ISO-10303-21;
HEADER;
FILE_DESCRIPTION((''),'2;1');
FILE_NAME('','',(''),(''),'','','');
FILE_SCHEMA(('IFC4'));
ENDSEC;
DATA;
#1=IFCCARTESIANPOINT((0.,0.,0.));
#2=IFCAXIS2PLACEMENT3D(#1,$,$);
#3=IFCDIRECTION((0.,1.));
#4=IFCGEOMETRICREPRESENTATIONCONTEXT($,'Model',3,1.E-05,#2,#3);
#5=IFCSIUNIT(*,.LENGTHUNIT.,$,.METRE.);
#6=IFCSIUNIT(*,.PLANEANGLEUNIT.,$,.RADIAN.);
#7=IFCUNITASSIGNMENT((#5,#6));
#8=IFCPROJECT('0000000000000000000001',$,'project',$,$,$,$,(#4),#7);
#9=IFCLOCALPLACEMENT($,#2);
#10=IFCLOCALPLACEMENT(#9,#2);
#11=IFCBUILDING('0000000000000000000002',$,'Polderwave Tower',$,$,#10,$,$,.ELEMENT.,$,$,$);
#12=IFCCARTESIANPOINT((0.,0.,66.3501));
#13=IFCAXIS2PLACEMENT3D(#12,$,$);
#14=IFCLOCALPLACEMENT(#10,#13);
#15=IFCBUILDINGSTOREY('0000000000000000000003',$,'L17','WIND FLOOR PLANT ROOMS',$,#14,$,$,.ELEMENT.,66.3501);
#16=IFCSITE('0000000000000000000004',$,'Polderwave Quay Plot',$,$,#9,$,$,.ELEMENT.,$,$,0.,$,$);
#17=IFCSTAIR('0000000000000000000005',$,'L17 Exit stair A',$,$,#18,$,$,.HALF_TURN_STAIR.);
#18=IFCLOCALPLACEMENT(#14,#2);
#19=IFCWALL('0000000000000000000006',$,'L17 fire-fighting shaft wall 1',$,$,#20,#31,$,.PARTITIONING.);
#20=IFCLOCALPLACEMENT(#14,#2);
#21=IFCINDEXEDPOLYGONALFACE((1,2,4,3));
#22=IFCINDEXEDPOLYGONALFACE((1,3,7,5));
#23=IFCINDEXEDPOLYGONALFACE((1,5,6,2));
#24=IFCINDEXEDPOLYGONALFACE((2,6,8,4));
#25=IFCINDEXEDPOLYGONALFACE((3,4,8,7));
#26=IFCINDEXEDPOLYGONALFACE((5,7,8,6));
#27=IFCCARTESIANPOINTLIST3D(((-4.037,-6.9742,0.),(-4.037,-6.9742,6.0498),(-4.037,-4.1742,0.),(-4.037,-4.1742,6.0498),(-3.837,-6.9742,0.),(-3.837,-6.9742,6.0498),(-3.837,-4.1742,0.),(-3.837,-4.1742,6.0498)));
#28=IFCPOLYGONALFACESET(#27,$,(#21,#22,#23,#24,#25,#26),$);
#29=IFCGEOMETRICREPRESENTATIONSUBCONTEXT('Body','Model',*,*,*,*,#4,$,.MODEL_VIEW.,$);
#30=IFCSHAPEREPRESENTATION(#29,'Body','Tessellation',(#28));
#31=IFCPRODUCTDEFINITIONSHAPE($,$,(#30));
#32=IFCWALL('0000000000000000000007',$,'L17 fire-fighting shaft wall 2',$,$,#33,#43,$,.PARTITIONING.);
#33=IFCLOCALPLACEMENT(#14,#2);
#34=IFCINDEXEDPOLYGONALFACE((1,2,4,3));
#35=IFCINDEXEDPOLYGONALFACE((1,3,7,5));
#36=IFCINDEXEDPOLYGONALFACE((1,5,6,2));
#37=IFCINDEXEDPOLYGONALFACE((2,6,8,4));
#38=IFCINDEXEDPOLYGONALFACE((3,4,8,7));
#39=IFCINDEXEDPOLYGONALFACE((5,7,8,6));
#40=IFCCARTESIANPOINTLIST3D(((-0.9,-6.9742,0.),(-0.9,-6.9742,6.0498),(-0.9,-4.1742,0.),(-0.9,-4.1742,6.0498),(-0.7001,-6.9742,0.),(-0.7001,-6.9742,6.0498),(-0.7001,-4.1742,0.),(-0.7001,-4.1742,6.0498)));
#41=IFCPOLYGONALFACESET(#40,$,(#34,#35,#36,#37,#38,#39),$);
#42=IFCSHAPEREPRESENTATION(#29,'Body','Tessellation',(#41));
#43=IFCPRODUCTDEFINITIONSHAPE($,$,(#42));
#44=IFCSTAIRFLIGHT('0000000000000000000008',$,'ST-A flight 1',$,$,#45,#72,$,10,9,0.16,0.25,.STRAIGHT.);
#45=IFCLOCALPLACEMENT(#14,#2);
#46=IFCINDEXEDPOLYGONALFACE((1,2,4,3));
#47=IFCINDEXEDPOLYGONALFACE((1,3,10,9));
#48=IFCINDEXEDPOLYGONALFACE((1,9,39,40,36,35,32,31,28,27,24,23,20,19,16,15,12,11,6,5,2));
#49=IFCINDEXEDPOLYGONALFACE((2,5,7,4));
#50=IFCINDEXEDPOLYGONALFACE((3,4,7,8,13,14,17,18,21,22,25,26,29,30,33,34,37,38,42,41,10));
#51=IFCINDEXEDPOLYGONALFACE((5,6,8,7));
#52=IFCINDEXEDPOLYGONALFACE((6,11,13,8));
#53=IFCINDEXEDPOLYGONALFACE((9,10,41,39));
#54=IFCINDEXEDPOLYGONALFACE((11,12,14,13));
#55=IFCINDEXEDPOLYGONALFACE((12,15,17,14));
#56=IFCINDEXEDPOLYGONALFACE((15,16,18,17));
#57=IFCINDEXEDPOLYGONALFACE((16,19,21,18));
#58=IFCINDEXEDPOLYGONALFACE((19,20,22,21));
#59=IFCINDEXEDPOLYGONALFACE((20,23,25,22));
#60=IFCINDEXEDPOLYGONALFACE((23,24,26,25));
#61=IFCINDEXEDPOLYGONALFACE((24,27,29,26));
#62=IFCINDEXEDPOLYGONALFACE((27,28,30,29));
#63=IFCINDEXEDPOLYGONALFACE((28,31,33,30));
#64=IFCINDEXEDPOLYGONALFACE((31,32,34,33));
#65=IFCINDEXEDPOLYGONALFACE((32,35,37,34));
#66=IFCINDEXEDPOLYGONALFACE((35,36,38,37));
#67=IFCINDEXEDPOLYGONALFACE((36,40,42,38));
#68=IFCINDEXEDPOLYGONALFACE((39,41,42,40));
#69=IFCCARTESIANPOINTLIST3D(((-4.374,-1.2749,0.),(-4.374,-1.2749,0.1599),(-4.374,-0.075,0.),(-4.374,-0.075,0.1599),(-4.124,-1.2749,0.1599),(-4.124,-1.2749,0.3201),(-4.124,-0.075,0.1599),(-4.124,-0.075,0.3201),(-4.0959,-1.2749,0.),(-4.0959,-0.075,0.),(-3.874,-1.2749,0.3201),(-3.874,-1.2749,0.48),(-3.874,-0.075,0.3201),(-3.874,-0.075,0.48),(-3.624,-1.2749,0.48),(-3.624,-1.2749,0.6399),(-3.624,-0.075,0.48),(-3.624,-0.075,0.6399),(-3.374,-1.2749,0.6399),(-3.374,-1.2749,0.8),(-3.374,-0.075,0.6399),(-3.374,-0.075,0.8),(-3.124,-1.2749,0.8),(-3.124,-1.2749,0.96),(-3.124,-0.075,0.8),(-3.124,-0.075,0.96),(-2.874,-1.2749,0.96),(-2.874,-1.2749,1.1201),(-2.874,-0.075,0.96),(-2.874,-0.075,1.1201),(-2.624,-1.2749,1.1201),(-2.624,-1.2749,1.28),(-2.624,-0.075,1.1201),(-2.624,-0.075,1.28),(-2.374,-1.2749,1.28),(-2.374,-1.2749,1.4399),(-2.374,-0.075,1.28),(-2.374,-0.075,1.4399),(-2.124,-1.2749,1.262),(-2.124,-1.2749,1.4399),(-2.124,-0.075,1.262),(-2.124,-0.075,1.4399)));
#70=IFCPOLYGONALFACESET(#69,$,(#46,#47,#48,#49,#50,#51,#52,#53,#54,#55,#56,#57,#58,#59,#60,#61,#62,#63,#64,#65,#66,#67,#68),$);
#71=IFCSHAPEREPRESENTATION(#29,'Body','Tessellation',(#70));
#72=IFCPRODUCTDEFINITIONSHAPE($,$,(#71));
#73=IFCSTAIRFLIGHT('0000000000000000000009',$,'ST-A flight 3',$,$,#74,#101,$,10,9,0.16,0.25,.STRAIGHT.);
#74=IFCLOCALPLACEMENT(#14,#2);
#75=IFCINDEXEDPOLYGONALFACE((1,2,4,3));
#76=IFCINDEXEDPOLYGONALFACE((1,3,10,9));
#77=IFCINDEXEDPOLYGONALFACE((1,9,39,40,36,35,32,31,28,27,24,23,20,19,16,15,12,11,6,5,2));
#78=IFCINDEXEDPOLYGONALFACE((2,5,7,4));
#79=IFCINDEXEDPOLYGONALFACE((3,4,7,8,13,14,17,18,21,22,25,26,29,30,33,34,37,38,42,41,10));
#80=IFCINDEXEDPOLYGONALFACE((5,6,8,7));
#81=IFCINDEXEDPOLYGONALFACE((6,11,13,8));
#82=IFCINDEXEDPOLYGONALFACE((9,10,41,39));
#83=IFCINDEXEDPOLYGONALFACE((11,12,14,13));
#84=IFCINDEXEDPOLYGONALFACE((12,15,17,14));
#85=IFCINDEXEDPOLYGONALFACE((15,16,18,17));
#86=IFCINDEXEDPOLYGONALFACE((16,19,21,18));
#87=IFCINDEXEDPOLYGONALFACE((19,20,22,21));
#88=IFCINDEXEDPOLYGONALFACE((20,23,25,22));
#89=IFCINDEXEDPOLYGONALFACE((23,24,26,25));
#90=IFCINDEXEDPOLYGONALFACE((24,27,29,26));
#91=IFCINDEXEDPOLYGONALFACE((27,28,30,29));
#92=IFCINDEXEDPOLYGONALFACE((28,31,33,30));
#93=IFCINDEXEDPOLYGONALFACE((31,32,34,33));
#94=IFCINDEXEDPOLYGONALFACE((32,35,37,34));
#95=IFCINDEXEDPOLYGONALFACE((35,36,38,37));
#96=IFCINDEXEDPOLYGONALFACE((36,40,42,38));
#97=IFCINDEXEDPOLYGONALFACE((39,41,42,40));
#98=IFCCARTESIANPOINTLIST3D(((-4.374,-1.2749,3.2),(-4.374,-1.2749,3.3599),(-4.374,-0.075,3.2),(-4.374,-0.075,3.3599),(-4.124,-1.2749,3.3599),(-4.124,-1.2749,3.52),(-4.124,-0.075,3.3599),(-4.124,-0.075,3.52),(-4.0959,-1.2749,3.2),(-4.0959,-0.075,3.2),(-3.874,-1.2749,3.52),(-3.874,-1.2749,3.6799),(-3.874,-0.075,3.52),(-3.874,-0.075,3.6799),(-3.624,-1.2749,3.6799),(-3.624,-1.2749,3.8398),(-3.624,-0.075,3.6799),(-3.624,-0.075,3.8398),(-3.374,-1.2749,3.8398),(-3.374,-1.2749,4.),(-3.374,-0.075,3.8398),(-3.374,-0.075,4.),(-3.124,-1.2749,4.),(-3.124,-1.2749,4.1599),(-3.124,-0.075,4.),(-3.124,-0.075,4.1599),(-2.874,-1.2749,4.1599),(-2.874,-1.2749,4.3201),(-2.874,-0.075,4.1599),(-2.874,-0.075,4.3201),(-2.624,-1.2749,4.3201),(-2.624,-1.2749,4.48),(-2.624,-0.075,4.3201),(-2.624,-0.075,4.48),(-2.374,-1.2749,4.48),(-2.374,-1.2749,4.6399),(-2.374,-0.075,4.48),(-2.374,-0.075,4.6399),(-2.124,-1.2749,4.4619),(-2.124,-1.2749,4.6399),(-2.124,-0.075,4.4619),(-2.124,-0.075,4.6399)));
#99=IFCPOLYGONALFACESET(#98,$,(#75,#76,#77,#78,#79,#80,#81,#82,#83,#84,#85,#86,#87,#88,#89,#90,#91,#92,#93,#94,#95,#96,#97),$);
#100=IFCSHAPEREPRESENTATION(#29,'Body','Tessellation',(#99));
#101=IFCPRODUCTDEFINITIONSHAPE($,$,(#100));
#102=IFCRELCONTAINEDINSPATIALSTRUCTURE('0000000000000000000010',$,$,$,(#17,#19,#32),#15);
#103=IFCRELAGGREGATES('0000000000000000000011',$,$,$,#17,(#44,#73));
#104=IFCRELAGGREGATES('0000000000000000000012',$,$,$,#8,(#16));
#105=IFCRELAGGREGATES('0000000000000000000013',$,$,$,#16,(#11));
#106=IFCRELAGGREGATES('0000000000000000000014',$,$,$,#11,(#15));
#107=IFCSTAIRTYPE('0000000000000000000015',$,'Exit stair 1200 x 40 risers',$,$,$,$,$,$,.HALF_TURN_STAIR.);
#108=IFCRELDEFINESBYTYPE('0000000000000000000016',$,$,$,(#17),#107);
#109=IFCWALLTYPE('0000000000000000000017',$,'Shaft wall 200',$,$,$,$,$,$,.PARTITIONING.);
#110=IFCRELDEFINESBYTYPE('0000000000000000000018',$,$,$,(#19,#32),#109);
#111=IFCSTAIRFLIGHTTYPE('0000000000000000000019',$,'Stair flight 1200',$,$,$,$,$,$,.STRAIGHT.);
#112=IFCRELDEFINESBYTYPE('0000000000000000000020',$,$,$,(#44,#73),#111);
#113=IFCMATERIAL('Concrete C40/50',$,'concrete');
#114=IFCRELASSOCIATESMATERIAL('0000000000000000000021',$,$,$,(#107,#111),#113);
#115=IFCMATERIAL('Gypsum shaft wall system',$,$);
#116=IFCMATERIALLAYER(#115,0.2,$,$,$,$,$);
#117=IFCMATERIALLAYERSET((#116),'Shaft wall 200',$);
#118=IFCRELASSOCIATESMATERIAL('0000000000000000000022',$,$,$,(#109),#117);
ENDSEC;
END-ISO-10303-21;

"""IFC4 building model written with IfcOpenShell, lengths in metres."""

from ifc_helpers import new_model, si_unit, direction, frame, frame_2d, origin, place, context, subcontext, project, spatial, polyline, rectangle, outline, extrude, material, layer, layer_set, type_object, element, aggregate, save


model = new_model("IFC4")

# Units and contexts
model_context = context("Model", 3, precision=1e-05, world=origin(), true_north=direction((0.0, 1.0)))
body_context = subcontext(model_context, "Body", "Model", "MODEL_VIEW")
ifc_project = project(units=[si_unit("LENGTHUNIT", "METRE"), si_unit("PLANEANGLEUNIT", "RADIAN")], contexts=[model_context])

# Site, building, storey
site_placement = place(None, origin())
site = spatial("IfcSite", under=ifc_project, at=site_placement, Name="Polderwave Quay Plot", CompositionType="ELEMENT", RefElevation=0.0)
building_placement = place(site_placement, origin())
building = spatial("IfcBuilding", under=site, at=building_placement, Name="Polderwave Tower", CompositionType="ELEMENT")
storey_placement = place(building_placement, frame((0.0, 0.0, 66.3501)))
storey = spatial("IfcBuildingStorey", under=building, at=storey_placement, Name="L17", Description="WIND FLOOR PLANT ROOMS", CompositionType="ELEMENT", Elevation=66.3501)

# Shared definitions
ifc_material_1 = material(Name="Concrete C40/50", Category="concrete")

# Stair
stair_type = type_object("IfcStairType", Name="Exit stair 1200 x 40 risers", PredefinedType="HALF_TURN_STAIR", material=ifc_material_1)
stair_placement = place(storey_placement, origin())
stair = element("IfcStair", 1, at=stair_placement, inside=storey, type_object=stair_type, Name="L17 Exit stair A", PredefinedType="HALF_TURN_STAIR")

# Walls
ifc_material_2 = material(Name="Gypsum shaft wall system")
ifc_layer_1 = layer(ifc_material_2, 0.2)
ifc_layer_set_1 = layer_set([ifc_layer_1], Name="Shaft wall 200")
wall_type_1 = type_object("IfcWallType", Name="Shaft wall 200", PredefinedType="PARTITIONING", material=ifc_layer_set_1)
for number, where, z_axis, x_axis, name in (
    (2, (-3.937, -6.9741, 0.0), (0.0, 0.0, 1.0), (0.0, 1.0, 0.0), "L17 fire-fighting shaft wall 1"),
    (3, (-0.8, -6.9741, 0.0), (0.0, 0.0, 1.0), (0.0, 1.0, 0.0), "L17 fire-fighting shaft wall 2"),
):
    element("IfcWall", number, at=place(storey_placement, frame(where, z_axis=z_axis, x_axis=x_axis)), inside=storey, type_object=wall_type_1, Name=name, PredefinedType="PARTITIONING", context=body_context, shape_type="SweptSolid", body=[
        extrude(rectangle(XDim=2.8, YDim=0.2, at=frame_2d((1.3999, 0.0))), origin(), (0.0, 0.0, 1.0), 6.0498),
    ])

# Stair flights
stair_flight_type = type_object("IfcStairFlightType", Name="Stair flight 1200", PredefinedType="STRAIGHT", material=ifc_material_1)
stair_flight_1_placement = place(storey_placement, frame((-4.374, -0.675, 0.0), z_axis=(0.0, 0.0, 1.0), x_axis=(1.0, 0.0, 0.0)))
stair_flight_1 = element("IfcStairFlight", 4, at=stair_flight_1_placement, type_object=stair_flight_type, Name="ST-A flight 1", NumberOfRisers=10, NumberOfTreads=9, PredefinedType="STRAIGHT", RiserHeight=0.16, TreadLength=0.25, context=body_context, shape_type="SweptSolid", body=[
    extrude(outline(polyline([(0.0, 0.0), (0.0, 0.1599), (0.25, 0.1599), (0.25, 0.3201), (0.5, 0.3201), (0.5, 0.48), (0.75, 0.48), (0.75, 0.6399), (1.0, 0.6399), (1.0, 0.8), (1.25, 0.8), (1.25, 0.96), (1.5, 0.96), (1.5, 1.1201), (1.75, 1.1201), (1.75, 1.28), (2.0, 1.28), (2.0, 1.4399), (2.25, 1.4399), (2.25, 1.6001), (2.25, 1.262), (0.2781, 0.0), (0.0, 0.0)])), frame((0.0, 0.6001, 0.0), z_axis=(0.0, -1.0, 0.0), x_axis=(1.0, 0.0, 0.0)), (0.0, 0.0, 1.0), 1.2),
])
stair_flight_2_placement = place(storey_placement, frame((-4.374, -0.675, 3.2), z_axis=(0.0, 0.0, 1.0), x_axis=(1.0, 0.0, 0.0)))
stair_flight_2 = element("IfcStairFlight", 5, at=stair_flight_2_placement, type_object=stair_flight_type, Name="ST-A flight 3", NumberOfRisers=10, NumberOfTreads=9, PredefinedType="STRAIGHT", RiserHeight=0.16, TreadLength=0.25, context=body_context, shape_type="SweptSolid", body=[
    extrude(outline(polyline([(0.0, 0.0), (0.0, 0.1599), (0.25, 0.1599), (0.25, 0.3201), (0.5, 0.3201), (0.5, 0.48), (0.75, 0.48), (0.75, 0.6399), (1.0, 0.6399), (1.0, 0.8), (1.25, 0.8), (1.25, 0.96), (1.5, 0.96), (1.5, 1.1201), (1.75, 1.1201), (1.75, 1.28), (2.0, 1.28), (2.0, 1.4399), (2.25, 1.4399), (2.25, 1.6001), (2.25, 1.262), (0.2781, 0.0), (0.0, 0.0)])), frame((0.0, 0.6001, 0.0), z_axis=(0.0, -1.0, 0.0), x_axis=(1.0, 0.0, 0.0)), (0.0, 0.0, 1.0), 1.2),
])
aggregate(stair, [stair_flight_1, stair_flight_2])

save(model, "model.ifc")
